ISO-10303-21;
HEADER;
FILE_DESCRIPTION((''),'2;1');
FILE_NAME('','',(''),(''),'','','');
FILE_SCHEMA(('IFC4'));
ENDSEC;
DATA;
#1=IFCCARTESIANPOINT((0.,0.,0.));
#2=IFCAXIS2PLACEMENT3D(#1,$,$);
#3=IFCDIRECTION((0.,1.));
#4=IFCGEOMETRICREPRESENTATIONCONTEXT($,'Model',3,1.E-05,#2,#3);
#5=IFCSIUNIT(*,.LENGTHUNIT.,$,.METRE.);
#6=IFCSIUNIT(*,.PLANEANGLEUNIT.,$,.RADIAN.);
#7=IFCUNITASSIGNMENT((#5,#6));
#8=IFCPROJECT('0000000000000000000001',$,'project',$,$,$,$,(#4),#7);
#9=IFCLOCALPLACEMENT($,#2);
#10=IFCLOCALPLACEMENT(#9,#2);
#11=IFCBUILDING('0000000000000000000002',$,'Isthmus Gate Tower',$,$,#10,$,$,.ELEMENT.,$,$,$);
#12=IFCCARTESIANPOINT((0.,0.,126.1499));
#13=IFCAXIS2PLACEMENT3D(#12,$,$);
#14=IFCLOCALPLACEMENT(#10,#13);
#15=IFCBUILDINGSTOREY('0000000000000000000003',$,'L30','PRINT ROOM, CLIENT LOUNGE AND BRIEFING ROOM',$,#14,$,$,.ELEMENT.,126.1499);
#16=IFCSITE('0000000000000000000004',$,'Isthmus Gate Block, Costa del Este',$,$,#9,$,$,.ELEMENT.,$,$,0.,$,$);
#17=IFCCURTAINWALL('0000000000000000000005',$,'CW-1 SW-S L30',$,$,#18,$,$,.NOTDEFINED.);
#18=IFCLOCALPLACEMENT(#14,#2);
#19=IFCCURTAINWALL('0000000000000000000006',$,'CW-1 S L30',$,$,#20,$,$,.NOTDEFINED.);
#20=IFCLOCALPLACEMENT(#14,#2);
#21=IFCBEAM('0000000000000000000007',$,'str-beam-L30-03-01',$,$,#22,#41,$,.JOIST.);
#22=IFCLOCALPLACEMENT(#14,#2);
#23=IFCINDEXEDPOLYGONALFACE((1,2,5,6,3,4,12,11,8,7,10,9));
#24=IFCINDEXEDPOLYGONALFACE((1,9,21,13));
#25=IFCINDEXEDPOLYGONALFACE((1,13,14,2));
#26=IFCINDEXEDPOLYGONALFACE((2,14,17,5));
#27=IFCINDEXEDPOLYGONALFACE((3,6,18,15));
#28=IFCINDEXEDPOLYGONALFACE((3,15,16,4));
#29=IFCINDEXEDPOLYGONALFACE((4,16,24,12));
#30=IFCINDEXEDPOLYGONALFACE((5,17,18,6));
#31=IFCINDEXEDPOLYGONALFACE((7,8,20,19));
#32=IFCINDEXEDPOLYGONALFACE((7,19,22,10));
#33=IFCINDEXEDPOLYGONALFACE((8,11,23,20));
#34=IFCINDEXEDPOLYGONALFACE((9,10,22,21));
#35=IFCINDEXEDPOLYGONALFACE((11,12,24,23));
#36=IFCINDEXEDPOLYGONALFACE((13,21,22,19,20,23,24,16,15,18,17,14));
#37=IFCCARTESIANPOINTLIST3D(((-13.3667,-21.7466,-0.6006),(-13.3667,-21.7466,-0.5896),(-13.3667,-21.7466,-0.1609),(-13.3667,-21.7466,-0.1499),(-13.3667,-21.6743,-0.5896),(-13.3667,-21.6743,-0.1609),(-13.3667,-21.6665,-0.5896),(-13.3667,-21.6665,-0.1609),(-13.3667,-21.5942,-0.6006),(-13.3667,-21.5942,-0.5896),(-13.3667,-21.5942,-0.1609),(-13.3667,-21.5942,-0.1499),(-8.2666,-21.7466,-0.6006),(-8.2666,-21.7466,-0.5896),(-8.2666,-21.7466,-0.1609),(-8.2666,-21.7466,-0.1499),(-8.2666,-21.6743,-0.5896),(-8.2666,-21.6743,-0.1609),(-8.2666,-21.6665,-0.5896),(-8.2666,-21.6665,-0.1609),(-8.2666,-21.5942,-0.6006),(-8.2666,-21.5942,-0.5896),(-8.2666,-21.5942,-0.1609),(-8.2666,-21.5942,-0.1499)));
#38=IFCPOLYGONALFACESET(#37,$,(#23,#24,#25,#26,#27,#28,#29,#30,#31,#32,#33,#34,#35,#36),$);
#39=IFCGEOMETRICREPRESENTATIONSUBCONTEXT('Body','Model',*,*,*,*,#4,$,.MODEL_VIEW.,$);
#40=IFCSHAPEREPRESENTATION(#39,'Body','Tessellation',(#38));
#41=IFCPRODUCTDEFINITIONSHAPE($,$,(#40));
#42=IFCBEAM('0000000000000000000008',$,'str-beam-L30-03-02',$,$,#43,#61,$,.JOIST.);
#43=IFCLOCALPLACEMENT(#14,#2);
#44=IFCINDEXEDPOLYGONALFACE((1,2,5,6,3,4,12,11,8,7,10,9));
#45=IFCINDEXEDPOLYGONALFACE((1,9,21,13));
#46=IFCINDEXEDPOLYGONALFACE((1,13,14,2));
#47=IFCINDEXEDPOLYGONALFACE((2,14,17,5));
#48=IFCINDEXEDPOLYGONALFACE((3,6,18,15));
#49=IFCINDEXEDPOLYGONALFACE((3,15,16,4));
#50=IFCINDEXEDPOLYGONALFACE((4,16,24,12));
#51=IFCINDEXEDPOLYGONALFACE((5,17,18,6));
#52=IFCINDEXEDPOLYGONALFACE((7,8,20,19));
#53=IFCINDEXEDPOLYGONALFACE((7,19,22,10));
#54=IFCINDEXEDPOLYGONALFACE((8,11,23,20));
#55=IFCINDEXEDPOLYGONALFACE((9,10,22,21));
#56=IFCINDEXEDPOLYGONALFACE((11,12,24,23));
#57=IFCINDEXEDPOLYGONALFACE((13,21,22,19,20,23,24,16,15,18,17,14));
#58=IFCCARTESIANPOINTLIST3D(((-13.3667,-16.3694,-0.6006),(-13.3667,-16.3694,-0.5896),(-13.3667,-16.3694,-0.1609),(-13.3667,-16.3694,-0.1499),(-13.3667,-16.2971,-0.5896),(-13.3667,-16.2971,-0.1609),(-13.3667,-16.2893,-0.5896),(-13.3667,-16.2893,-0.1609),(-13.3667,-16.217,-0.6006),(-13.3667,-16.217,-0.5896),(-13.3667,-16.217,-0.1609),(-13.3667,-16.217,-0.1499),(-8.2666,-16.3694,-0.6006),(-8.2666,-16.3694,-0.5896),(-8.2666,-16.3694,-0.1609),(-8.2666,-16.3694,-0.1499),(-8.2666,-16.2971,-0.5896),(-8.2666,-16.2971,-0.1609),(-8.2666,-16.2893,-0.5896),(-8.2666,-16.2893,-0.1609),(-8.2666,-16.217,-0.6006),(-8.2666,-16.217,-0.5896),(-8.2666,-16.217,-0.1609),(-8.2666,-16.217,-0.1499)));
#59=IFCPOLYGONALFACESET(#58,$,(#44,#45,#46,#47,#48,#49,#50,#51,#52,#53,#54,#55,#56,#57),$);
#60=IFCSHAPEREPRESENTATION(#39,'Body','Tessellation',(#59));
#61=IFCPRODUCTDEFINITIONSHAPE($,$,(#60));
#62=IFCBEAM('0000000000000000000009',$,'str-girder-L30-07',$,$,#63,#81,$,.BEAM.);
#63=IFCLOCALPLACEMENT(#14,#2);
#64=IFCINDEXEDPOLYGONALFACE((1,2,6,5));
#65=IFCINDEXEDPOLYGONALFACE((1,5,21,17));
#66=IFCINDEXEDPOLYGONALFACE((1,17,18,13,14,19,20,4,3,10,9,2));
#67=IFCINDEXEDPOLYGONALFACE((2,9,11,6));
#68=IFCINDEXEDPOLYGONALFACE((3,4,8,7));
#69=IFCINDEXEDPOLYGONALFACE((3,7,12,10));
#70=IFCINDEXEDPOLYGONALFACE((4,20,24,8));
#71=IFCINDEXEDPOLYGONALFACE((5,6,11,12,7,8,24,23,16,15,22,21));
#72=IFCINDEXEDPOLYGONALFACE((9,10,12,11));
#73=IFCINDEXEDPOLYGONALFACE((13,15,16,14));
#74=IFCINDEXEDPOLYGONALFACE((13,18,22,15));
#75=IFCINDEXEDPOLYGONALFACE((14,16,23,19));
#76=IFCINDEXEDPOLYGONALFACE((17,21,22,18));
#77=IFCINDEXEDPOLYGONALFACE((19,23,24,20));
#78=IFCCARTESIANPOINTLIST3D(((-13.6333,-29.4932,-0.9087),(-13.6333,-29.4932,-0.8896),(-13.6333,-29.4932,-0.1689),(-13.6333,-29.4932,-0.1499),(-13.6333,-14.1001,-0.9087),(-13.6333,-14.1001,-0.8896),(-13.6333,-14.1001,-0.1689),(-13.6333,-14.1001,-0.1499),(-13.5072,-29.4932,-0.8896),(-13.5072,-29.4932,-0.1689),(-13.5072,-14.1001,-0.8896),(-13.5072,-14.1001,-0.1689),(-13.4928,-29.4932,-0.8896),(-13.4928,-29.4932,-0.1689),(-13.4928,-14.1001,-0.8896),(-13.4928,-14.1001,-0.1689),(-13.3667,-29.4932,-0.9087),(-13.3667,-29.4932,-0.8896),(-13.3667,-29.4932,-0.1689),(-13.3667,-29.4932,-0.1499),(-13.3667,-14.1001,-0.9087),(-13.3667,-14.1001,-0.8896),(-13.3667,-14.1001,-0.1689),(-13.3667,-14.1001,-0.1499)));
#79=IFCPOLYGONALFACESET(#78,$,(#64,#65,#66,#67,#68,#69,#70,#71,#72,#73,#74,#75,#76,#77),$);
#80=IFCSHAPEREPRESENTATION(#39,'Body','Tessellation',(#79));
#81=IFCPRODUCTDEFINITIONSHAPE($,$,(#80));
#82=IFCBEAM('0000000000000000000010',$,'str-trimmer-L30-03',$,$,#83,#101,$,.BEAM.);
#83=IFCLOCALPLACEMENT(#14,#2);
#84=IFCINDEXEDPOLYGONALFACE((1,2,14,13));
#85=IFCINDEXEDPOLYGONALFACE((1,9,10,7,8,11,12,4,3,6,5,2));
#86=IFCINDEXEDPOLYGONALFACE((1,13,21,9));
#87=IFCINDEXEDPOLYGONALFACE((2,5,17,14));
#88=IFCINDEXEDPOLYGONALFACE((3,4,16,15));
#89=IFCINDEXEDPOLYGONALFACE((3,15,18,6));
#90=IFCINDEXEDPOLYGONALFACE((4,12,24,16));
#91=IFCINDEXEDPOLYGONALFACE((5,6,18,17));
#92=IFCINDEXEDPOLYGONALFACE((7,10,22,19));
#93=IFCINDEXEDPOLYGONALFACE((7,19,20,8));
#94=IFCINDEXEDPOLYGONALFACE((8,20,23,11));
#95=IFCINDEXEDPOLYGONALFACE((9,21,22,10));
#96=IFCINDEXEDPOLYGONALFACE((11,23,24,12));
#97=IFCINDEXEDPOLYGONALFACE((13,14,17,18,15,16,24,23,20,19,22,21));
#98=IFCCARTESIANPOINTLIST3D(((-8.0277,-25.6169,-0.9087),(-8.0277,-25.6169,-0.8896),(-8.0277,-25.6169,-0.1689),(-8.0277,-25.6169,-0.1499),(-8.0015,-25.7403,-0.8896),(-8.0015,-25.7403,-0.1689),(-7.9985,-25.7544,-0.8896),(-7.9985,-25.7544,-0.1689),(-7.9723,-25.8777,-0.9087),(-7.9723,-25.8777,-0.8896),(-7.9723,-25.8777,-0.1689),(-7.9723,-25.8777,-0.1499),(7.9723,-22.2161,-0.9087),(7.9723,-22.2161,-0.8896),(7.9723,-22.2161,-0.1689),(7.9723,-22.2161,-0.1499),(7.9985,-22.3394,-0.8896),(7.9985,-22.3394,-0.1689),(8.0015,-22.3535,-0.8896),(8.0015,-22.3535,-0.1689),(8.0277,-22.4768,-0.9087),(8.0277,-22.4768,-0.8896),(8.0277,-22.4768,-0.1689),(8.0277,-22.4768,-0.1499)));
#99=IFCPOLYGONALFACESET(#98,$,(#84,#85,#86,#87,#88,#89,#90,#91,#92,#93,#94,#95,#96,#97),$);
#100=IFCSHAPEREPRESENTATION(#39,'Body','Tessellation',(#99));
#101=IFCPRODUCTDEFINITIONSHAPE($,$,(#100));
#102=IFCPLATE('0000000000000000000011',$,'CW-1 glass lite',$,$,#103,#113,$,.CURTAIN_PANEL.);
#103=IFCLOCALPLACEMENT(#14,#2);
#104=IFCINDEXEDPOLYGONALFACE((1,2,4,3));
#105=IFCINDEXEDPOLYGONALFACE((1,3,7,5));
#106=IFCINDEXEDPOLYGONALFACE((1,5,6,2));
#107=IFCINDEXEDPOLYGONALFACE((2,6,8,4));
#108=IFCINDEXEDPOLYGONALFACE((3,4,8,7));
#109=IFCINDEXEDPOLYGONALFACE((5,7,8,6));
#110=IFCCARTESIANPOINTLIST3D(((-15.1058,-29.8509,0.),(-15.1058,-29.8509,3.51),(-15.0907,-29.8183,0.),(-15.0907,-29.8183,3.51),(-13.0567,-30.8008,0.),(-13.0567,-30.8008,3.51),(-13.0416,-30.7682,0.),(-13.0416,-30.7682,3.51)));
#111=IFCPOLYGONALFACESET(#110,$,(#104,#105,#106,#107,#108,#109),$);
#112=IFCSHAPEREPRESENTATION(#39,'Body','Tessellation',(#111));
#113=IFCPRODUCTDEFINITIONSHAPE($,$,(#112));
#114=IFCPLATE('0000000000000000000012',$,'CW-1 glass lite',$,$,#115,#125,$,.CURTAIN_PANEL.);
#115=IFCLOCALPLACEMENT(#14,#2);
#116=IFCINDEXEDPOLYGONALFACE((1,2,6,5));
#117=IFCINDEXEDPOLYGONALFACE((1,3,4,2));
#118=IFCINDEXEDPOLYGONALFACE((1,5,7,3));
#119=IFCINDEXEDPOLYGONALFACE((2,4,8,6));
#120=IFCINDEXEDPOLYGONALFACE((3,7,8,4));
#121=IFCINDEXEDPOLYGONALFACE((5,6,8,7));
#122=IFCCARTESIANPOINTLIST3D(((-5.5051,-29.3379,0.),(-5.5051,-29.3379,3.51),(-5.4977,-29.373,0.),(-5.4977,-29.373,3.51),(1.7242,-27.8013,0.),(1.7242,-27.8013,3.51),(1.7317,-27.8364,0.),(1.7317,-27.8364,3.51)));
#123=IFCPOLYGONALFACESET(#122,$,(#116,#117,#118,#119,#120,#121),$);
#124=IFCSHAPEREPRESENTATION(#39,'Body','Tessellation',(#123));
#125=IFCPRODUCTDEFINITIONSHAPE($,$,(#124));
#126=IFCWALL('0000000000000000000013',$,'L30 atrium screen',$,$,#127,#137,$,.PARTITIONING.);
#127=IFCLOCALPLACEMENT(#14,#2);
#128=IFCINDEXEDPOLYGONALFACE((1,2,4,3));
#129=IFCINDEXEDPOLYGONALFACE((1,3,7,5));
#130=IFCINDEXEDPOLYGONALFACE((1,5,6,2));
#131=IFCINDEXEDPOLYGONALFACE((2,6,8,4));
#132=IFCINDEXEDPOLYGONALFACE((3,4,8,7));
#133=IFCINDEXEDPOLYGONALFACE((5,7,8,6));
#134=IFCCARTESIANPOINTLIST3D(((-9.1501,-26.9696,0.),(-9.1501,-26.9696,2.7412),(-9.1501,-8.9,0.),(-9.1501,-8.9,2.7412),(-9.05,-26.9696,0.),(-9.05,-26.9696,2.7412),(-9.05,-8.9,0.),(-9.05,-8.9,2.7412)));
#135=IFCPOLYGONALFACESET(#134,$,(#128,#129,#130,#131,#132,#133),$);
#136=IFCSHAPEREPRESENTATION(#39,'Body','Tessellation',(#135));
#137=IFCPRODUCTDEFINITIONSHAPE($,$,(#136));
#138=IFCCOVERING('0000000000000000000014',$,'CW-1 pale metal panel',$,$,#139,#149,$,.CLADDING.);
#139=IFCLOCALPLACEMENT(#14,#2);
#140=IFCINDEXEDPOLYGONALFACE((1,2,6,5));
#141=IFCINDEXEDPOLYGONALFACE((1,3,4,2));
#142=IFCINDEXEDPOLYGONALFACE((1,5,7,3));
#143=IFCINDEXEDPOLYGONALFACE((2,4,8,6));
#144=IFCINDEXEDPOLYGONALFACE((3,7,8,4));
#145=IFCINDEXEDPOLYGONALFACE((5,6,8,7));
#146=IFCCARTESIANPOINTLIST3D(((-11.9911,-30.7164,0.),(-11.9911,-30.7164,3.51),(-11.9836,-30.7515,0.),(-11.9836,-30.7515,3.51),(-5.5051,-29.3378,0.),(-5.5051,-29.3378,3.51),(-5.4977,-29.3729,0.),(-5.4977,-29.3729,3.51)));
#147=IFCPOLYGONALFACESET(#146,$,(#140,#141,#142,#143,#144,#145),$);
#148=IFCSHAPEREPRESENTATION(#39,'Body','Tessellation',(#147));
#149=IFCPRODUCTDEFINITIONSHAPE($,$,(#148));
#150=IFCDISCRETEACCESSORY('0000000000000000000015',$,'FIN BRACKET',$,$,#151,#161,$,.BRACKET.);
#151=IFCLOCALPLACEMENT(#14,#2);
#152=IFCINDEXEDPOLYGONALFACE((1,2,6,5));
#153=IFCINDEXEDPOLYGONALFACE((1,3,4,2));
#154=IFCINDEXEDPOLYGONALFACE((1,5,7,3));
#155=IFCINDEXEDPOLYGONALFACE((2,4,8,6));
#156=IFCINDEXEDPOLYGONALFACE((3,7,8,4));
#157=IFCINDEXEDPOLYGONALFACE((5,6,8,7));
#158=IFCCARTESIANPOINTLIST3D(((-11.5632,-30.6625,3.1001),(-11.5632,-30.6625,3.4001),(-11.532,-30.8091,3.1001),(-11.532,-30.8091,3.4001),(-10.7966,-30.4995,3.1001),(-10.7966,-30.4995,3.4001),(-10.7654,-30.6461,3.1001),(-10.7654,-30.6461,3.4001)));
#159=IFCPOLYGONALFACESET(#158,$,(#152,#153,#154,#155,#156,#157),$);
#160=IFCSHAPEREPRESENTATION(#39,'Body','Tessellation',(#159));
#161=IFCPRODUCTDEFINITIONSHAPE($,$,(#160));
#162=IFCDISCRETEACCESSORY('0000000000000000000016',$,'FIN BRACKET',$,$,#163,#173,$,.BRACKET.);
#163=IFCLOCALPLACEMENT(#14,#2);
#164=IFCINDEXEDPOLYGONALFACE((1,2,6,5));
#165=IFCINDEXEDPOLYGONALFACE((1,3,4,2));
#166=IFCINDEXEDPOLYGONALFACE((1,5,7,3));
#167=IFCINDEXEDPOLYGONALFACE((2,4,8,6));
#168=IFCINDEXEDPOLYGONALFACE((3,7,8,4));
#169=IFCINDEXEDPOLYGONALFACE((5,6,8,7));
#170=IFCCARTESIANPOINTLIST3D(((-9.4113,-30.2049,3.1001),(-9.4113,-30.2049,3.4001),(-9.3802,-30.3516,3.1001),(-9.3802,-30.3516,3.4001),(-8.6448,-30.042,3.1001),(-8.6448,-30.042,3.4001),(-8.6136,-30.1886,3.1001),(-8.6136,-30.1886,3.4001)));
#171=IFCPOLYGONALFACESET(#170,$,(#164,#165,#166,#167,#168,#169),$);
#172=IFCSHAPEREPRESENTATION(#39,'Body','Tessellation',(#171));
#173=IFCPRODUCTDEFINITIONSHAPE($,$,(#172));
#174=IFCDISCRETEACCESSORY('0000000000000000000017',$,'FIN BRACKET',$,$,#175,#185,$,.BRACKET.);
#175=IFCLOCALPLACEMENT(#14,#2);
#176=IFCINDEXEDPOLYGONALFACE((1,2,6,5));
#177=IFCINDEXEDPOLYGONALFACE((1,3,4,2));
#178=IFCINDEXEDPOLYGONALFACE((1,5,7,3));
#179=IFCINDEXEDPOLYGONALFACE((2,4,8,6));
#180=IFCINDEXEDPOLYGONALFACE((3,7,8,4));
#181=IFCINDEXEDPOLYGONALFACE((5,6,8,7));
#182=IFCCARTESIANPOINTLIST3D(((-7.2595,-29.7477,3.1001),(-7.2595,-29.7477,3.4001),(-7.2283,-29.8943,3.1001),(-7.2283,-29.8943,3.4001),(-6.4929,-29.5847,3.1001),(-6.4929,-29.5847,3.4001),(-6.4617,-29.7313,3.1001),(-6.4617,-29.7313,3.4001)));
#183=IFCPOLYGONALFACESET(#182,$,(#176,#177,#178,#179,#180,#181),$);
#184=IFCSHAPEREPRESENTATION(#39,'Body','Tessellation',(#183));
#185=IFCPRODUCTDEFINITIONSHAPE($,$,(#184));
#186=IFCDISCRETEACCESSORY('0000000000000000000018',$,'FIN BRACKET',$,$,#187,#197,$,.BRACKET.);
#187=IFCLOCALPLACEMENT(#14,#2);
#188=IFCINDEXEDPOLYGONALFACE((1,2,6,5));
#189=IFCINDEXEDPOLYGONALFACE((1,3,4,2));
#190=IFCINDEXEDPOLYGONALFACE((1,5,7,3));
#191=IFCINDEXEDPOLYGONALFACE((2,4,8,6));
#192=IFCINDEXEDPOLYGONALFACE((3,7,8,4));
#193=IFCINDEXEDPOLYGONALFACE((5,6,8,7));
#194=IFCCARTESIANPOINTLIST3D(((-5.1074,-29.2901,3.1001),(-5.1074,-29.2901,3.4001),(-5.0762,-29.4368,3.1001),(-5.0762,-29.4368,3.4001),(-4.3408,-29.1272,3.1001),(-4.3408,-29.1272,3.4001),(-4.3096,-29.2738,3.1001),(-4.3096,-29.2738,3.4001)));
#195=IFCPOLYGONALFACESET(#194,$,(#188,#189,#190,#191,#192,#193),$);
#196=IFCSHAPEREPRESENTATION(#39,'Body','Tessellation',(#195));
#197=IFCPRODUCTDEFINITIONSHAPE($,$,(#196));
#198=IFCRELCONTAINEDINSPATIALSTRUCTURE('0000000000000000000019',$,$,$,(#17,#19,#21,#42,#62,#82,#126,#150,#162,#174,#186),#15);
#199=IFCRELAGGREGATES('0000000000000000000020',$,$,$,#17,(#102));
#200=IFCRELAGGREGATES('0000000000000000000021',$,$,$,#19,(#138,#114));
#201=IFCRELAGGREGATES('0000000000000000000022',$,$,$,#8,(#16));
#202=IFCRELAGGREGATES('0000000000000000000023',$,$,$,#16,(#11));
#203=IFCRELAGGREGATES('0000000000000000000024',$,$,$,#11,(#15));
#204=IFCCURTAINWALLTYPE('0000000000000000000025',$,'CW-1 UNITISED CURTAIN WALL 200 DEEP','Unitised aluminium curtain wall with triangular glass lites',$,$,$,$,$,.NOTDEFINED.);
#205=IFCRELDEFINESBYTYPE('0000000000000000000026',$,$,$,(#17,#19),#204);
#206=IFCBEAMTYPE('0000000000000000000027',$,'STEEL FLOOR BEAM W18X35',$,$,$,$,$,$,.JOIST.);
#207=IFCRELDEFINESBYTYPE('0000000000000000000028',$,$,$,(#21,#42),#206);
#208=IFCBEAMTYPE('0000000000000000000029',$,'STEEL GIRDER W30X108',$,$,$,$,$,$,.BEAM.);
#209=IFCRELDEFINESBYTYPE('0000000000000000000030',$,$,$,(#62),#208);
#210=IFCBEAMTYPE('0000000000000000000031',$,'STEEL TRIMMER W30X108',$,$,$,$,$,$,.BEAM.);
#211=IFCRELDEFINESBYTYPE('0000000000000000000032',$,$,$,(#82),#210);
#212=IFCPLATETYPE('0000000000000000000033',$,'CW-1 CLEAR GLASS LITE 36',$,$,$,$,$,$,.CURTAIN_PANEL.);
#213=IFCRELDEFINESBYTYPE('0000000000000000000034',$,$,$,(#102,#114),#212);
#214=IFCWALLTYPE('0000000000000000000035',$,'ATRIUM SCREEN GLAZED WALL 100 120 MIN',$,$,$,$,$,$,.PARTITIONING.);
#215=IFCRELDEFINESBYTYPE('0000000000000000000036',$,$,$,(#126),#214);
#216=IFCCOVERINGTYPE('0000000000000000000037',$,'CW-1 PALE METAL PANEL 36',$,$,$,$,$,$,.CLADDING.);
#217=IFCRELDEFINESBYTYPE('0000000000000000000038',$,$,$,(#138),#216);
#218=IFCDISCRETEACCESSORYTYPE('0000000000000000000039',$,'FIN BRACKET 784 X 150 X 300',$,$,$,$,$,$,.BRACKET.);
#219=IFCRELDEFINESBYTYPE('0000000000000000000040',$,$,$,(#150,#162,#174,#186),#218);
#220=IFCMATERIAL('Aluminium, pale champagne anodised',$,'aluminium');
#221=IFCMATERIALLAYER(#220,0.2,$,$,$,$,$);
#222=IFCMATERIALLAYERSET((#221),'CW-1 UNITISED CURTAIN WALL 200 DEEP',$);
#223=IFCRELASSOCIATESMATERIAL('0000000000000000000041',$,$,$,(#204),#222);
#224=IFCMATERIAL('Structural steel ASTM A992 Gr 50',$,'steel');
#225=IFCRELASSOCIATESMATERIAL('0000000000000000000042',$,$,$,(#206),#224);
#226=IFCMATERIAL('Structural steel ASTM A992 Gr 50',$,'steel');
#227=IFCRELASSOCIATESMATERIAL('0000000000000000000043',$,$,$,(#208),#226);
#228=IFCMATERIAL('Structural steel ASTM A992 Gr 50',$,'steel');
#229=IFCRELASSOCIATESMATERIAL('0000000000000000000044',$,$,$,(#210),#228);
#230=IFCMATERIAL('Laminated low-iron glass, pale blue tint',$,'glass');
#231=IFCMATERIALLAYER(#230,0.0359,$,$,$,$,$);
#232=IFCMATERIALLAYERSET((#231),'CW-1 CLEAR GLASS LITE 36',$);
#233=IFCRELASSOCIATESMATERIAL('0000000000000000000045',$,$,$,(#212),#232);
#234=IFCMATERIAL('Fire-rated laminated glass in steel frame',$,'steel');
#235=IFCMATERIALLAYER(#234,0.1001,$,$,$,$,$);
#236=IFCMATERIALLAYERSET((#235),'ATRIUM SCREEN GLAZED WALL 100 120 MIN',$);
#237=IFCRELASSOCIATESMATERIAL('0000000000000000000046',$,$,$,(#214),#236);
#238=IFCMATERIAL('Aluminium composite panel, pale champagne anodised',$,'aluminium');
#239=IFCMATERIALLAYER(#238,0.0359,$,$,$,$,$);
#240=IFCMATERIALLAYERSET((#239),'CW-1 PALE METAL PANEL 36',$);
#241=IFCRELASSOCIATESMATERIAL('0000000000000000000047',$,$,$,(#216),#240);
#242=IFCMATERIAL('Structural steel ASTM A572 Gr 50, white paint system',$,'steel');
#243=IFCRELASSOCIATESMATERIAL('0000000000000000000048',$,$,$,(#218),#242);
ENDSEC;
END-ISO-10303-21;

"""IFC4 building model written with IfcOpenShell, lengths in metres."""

from ifc_helpers import new_model, si_unit, direction, frame, frame_2d, origin, origin_2d, place, context, subcontext, project, spatial, rectangle, i_section, extrude, material, layer, layer_set, material_profile, profile_set, type_object, element, aggregate, save


model = new_model("IFC4")

# Units and contexts
model_context = context("Model", 3, precision=1e-05, world=origin(), true_north=direction((0.0, 1.0)))
body_context = subcontext(model_context, "Body", "Model", "MODEL_VIEW")
ifc_project = project(units=[si_unit("LENGTHUNIT", "METRE"), si_unit("PLANEANGLEUNIT", "RADIAN")], contexts=[model_context])

# Site, building, storey
site_placement = place(None, origin())
site = spatial("IfcSite", under=ifc_project, at=site_placement, Name="Isthmus Gate Block, Costa del Este", CompositionType="ELEMENT", RefElevation=0.0)
building_placement = place(site_placement, origin())
building = spatial("IfcBuilding", under=site, at=building_placement, Name="Isthmus Gate Tower", CompositionType="ELEMENT")
storey_placement = place(building_placement, frame((0.0, 0.0, 126.1499)))
storey = spatial("IfcBuildingStorey", under=building, at=storey_placement, Name="L30", Description="PRINT ROOM, CLIENT LOUNGE AND BRIEFING ROOM", CompositionType="ELEMENT", Elevation=126.1499)

# Curtain walls
ifc_material_1 = material(Name="Aluminium, pale champagne anodised", Category="aluminium")
ifc_layer_1 = layer(ifc_material_1, 0.2)
ifc_layer_set_1 = layer_set([ifc_layer_1], Name="CW-1 UNITISED CURTAIN WALL 200 DEEP")
curtain_wall_type = type_object("IfcCurtainWallType", Name="CW-1 UNITISED CURTAIN WALL 200 DEEP", Description="Unitised aluminium curtain wall with triangular glass lites", PredefinedType="NOTDEFINED", material=ifc_layer_set_1)
curtain_wall_1_placement = place(storey_placement, origin())
curtain_wall_1 = element("IfcCurtainWall", 1, at=curtain_wall_1_placement, inside=storey, type_object=curtain_wall_type, Name="CW-1 SW-S L30", PredefinedType="NOTDEFINED")
curtain_wall_2_placement = place(storey_placement, origin())
curtain_wall_2 = element("IfcCurtainWall", 2, at=curtain_wall_2_placement, inside=storey, type_object=curtain_wall_type, Name="CW-1 S L30", PredefinedType="NOTDEFINED")

# Beams
ifc_material_2 = material(Name="Structural steel ASTM A992 Gr 50", Category="steel")
ifc_material_profile_1 = material_profile(ifc_material_2, i_section(OverallWidth=0.1523, OverallDepth=0.4507, WebThickness=0.0078, FlangeThickness=0.011, at=origin_2d()), Name="W18X35")
ifc_profile_set_1 = profile_set([ifc_material_profile_1], Name="Structural steel ASTM A992 Gr 50")
beam_type_1 = type_object("IfcBeamType", Name="STEEL FLOOR BEAM W18X35", PredefinedType="JOIST", material=ifc_profile_set_1)
for number, where, z_axis, x_axis, name in (
    (3, (-13.3667, -21.6704, -0.3752), (1.0, 0.0, 0.0), (0.0, 1.0, 0.0), "str-beam-L30-03-01"),
    (4, (-13.3667, -16.2932, -0.3752), (1.0, 0.0, 0.0), (0.0, 1.0, 0.0), "str-beam-L30-03-02"),
):
    element("IfcBeam", number, at=place(storey_placement, frame(where, z_axis=z_axis, x_axis=x_axis)), inside=storey, type_object=beam_type_1, Name=name, PredefinedType="JOIST", context=body_context, shape_type="SweptSolid", body=[
        extrude(i_section(OverallWidth=0.1523, OverallDepth=0.4507, WebThickness=0.0078, FlangeThickness=0.011, at=origin_2d()), origin(), (0.0, 0.0, 1.0), 5.1001),
    ])
ifc_material_3 = material(Name="Structural steel ASTM A992 Gr 50", Category="steel")
ifc_material_profile_2 = material_profile(ifc_material_3, i_section(OverallWidth=0.2666, OverallDepth=0.7588, WebThickness=0.0144, FlangeThickness=0.019, at=origin_2d()), Name="W30X108")
ifc_profile_set_2 = profile_set([ifc_material_profile_2], Name="Structural steel ASTM A992 Gr 50")
beam_type_2 = type_object("IfcBeamType", Name="STEEL GIRDER W30X108", PredefinedType="BEAM", material=ifc_profile_set_2)
beam_1_placement = place(storey_placement, frame((-13.5, -29.4932, -0.5293), z_axis=(0.0, 1.0, 0.0), x_axis=(-1.0, 0.0, 0.0)))
element("IfcBeam", 5, at=beam_1_placement, inside=storey, type_object=beam_type_2, Name="str-girder-L30-07", PredefinedType="BEAM", context=body_context, shape_type="SweptSolid", body=[
    extrude(i_section(OverallWidth=0.2666, OverallDepth=0.7588, WebThickness=0.0144, FlangeThickness=0.019, at=origin_2d()), origin(), (0.0, 0.0, 1.0), 15.3931),
])
ifc_material_4 = material(Name="Structural steel ASTM A992 Gr 50", Category="steel")
ifc_material_profile_3 = material_profile(ifc_material_4, i_section(OverallWidth=0.2666, OverallDepth=0.7588, WebThickness=0.0144, FlangeThickness=0.019, at=origin_2d()), Name="W30X108")
ifc_profile_set_3 = profile_set([ifc_material_profile_3], Name="Structural steel ASTM A992 Gr 50")
beam_type_3 = type_object("IfcBeamType", Name="STEEL TRIMMER W30X108", PredefinedType="BEAM", material=ifc_profile_set_3)
beam_2_placement = place(storey_placement, frame((-8.0, -25.7473, -0.5293), z_axis=(0.978148, 0.20791, 0.0), x_axis=(-0.20791, 0.978148, 0.0)))
element("IfcBeam", 6, at=beam_2_placement, inside=storey, type_object=beam_type_3, Name="str-trimmer-L30-03", PredefinedType="BEAM", context=body_context, shape_type="SweptSolid", body=[
    extrude(i_section(OverallWidth=0.2666, OverallDepth=0.7588, WebThickness=0.0144, FlangeThickness=0.019, at=origin_2d()), origin(), (0.0, 0.0, 1.0), 16.3574),
])

# Plates
ifc_material_5 = material(Name="Laminated low-iron glass, pale blue tint", Category="glass")
ifc_layer_2 = layer(ifc_material_5, 0.0359)
ifc_layer_set_2 = layer_set([ifc_layer_2], Name="CW-1 CLEAR GLASS LITE 36")
plate_type = type_object("IfcPlateType", Name="CW-1 CLEAR GLASS LITE 36", PredefinedType="CURTAIN_PANEL", material=ifc_layer_set_2)
plate_1_placement = place(storey_placement, frame((-14.0737, -30.3096, 0.0), z_axis=(0.0, 0.0, 1.0), x_axis=(0.907256, -0.420578, 0.0)))
plate_1 = element("IfcPlate", 7, at=plate_1_placement, type_object=plate_type, Name="CW-1 glass lite", PredefinedType="CURTAIN_PANEL", context=body_context, shape_type="SweptSolid", body=[
    extrude(rectangle(XDim=2.2585, YDim=0.0359, at=origin_2d()), origin(), (0.0, 0.0, 1.0), 3.51),
])
aggregate(curtain_wall_1, [plate_1])
plate_2_placement = place(storey_placement, frame((-1.8867, -28.5872, 0.0), z_axis=(0.0, 0.0, 1.0), x_axis=(0.978148, 0.207912, 0.0)))
plate_2 = element("IfcPlate", 8, at=plate_2_placement, type_object=plate_type, Name="CW-1 glass lite", PredefinedType="CURTAIN_PANEL", context=body_context, shape_type="SweptSolid", body=[
    extrude(rectangle(XDim=7.3909, YDim=0.0359, at=origin_2d()), origin(), (0.0, 0.0, 1.0), 3.51),
])

# Wall
ifc_material_6 = material(Name="Fire-rated laminated glass in steel frame", Category="steel")
ifc_layer_3 = layer(ifc_material_6, 0.1001)
ifc_layer_set_3 = layer_set([ifc_layer_3], Name="ATRIUM SCREEN GLAZED WALL 100 120 MIN")
wall_type = type_object("IfcWallType", Name="ATRIUM SCREEN GLAZED WALL 100 120 MIN", PredefinedType="PARTITIONING", material=ifc_layer_set_3)
wall_placement = place(storey_placement, frame((-9.1001, -26.9695, 0.0), z_axis=(0.0, 0.0, 1.0), x_axis=(0.0, 1.0, 0.0)))
element("IfcWall", 9, at=wall_placement, inside=storey, type_object=wall_type, Name="L30 atrium screen", PredefinedType="PARTITIONING", context=body_context, shape_type="SweptSolid", body=[
    extrude(rectangle(XDim=18.0696, YDim=0.1001, at=frame_2d((9.0347, 0.0))), origin(), (0.0, 0.0, 1.0), 2.7412),
])

# Covering
ifc_material_7 = material(Name="Aluminium composite panel, pale champagne anodised", Category="aluminium")
ifc_layer_4 = layer(ifc_material_7, 0.0359)
ifc_layer_set_4 = layer_set([ifc_layer_4], Name="CW-1 PALE METAL PANEL 36")
covering_type = type_object("IfcCoveringType", Name="CW-1 PALE METAL PANEL 36", PredefinedType="CLADDING", material=ifc_layer_set_4)
covering_placement = place(storey_placement, frame((-8.7444, -30.0447, 0.0), z_axis=(0.0, 0.0, 1.0), x_axis=(0.978148, 0.207912, 0.0)))
covering = element("IfcCovering", 10, at=covering_placement, type_object=covering_type, Name="CW-1 pale metal panel", PredefinedType="CLADDING", context=body_context, shape_type="SweptSolid", body=[
    extrude(rectangle(XDim=6.6309, YDim=0.0359, at=origin_2d()), origin(), (0.0, 0.0, 1.0), 3.51),
])
aggregate(curtain_wall_2, [covering, plate_2])

# Discrete accessories
ifc_material_8 = material(Name="Structural steel ASTM A572 Gr 50, white paint system", Category="steel")
discrete_accessory_type = type_object("IfcDiscreteAccessoryType", Name="FIN BRACKET 784 X 150 X 300", PredefinedType="BRACKET", material=ifc_material_8)
for number, where, z_axis, x_axis, name in (
    (11, (-11.1643, -30.6543, 3.1001), (0.0, 0.0, 1.0), (0.207912, -0.978148, 0.0), "FIN BRACKET"),
    (12, (-9.0125, -30.1968, 3.1001), (0.0, 0.0, 1.0), (0.207912, -0.978148, 0.0), "FIN BRACKET"),
    (13, (-6.8606, -29.7395, 3.1001), (0.0, 0.0, 1.0), (0.207912, -0.978148, 0.0), "FIN BRACKET"),
    (14, (-4.7085, -29.282, 3.1001), (0.0, 0.0, 1.0), (0.207912, -0.978148, 0.0), "FIN BRACKET"),
):
    element("IfcDiscreteAccessory", number, at=place(storey_placement, frame(where, z_axis=z_axis, x_axis=x_axis)), inside=storey, type_object=discrete_accessory_type, Name=name, PredefinedType="BRACKET", context=body_context, shape_type="SweptSolid", body=[
        extrude(rectangle(XDim=0.1499, YDim=0.7837, at=origin_2d()), origin(), (0.0, 0.0, 1.0), 0.3),
    ])

save(model, "model.ifc")
